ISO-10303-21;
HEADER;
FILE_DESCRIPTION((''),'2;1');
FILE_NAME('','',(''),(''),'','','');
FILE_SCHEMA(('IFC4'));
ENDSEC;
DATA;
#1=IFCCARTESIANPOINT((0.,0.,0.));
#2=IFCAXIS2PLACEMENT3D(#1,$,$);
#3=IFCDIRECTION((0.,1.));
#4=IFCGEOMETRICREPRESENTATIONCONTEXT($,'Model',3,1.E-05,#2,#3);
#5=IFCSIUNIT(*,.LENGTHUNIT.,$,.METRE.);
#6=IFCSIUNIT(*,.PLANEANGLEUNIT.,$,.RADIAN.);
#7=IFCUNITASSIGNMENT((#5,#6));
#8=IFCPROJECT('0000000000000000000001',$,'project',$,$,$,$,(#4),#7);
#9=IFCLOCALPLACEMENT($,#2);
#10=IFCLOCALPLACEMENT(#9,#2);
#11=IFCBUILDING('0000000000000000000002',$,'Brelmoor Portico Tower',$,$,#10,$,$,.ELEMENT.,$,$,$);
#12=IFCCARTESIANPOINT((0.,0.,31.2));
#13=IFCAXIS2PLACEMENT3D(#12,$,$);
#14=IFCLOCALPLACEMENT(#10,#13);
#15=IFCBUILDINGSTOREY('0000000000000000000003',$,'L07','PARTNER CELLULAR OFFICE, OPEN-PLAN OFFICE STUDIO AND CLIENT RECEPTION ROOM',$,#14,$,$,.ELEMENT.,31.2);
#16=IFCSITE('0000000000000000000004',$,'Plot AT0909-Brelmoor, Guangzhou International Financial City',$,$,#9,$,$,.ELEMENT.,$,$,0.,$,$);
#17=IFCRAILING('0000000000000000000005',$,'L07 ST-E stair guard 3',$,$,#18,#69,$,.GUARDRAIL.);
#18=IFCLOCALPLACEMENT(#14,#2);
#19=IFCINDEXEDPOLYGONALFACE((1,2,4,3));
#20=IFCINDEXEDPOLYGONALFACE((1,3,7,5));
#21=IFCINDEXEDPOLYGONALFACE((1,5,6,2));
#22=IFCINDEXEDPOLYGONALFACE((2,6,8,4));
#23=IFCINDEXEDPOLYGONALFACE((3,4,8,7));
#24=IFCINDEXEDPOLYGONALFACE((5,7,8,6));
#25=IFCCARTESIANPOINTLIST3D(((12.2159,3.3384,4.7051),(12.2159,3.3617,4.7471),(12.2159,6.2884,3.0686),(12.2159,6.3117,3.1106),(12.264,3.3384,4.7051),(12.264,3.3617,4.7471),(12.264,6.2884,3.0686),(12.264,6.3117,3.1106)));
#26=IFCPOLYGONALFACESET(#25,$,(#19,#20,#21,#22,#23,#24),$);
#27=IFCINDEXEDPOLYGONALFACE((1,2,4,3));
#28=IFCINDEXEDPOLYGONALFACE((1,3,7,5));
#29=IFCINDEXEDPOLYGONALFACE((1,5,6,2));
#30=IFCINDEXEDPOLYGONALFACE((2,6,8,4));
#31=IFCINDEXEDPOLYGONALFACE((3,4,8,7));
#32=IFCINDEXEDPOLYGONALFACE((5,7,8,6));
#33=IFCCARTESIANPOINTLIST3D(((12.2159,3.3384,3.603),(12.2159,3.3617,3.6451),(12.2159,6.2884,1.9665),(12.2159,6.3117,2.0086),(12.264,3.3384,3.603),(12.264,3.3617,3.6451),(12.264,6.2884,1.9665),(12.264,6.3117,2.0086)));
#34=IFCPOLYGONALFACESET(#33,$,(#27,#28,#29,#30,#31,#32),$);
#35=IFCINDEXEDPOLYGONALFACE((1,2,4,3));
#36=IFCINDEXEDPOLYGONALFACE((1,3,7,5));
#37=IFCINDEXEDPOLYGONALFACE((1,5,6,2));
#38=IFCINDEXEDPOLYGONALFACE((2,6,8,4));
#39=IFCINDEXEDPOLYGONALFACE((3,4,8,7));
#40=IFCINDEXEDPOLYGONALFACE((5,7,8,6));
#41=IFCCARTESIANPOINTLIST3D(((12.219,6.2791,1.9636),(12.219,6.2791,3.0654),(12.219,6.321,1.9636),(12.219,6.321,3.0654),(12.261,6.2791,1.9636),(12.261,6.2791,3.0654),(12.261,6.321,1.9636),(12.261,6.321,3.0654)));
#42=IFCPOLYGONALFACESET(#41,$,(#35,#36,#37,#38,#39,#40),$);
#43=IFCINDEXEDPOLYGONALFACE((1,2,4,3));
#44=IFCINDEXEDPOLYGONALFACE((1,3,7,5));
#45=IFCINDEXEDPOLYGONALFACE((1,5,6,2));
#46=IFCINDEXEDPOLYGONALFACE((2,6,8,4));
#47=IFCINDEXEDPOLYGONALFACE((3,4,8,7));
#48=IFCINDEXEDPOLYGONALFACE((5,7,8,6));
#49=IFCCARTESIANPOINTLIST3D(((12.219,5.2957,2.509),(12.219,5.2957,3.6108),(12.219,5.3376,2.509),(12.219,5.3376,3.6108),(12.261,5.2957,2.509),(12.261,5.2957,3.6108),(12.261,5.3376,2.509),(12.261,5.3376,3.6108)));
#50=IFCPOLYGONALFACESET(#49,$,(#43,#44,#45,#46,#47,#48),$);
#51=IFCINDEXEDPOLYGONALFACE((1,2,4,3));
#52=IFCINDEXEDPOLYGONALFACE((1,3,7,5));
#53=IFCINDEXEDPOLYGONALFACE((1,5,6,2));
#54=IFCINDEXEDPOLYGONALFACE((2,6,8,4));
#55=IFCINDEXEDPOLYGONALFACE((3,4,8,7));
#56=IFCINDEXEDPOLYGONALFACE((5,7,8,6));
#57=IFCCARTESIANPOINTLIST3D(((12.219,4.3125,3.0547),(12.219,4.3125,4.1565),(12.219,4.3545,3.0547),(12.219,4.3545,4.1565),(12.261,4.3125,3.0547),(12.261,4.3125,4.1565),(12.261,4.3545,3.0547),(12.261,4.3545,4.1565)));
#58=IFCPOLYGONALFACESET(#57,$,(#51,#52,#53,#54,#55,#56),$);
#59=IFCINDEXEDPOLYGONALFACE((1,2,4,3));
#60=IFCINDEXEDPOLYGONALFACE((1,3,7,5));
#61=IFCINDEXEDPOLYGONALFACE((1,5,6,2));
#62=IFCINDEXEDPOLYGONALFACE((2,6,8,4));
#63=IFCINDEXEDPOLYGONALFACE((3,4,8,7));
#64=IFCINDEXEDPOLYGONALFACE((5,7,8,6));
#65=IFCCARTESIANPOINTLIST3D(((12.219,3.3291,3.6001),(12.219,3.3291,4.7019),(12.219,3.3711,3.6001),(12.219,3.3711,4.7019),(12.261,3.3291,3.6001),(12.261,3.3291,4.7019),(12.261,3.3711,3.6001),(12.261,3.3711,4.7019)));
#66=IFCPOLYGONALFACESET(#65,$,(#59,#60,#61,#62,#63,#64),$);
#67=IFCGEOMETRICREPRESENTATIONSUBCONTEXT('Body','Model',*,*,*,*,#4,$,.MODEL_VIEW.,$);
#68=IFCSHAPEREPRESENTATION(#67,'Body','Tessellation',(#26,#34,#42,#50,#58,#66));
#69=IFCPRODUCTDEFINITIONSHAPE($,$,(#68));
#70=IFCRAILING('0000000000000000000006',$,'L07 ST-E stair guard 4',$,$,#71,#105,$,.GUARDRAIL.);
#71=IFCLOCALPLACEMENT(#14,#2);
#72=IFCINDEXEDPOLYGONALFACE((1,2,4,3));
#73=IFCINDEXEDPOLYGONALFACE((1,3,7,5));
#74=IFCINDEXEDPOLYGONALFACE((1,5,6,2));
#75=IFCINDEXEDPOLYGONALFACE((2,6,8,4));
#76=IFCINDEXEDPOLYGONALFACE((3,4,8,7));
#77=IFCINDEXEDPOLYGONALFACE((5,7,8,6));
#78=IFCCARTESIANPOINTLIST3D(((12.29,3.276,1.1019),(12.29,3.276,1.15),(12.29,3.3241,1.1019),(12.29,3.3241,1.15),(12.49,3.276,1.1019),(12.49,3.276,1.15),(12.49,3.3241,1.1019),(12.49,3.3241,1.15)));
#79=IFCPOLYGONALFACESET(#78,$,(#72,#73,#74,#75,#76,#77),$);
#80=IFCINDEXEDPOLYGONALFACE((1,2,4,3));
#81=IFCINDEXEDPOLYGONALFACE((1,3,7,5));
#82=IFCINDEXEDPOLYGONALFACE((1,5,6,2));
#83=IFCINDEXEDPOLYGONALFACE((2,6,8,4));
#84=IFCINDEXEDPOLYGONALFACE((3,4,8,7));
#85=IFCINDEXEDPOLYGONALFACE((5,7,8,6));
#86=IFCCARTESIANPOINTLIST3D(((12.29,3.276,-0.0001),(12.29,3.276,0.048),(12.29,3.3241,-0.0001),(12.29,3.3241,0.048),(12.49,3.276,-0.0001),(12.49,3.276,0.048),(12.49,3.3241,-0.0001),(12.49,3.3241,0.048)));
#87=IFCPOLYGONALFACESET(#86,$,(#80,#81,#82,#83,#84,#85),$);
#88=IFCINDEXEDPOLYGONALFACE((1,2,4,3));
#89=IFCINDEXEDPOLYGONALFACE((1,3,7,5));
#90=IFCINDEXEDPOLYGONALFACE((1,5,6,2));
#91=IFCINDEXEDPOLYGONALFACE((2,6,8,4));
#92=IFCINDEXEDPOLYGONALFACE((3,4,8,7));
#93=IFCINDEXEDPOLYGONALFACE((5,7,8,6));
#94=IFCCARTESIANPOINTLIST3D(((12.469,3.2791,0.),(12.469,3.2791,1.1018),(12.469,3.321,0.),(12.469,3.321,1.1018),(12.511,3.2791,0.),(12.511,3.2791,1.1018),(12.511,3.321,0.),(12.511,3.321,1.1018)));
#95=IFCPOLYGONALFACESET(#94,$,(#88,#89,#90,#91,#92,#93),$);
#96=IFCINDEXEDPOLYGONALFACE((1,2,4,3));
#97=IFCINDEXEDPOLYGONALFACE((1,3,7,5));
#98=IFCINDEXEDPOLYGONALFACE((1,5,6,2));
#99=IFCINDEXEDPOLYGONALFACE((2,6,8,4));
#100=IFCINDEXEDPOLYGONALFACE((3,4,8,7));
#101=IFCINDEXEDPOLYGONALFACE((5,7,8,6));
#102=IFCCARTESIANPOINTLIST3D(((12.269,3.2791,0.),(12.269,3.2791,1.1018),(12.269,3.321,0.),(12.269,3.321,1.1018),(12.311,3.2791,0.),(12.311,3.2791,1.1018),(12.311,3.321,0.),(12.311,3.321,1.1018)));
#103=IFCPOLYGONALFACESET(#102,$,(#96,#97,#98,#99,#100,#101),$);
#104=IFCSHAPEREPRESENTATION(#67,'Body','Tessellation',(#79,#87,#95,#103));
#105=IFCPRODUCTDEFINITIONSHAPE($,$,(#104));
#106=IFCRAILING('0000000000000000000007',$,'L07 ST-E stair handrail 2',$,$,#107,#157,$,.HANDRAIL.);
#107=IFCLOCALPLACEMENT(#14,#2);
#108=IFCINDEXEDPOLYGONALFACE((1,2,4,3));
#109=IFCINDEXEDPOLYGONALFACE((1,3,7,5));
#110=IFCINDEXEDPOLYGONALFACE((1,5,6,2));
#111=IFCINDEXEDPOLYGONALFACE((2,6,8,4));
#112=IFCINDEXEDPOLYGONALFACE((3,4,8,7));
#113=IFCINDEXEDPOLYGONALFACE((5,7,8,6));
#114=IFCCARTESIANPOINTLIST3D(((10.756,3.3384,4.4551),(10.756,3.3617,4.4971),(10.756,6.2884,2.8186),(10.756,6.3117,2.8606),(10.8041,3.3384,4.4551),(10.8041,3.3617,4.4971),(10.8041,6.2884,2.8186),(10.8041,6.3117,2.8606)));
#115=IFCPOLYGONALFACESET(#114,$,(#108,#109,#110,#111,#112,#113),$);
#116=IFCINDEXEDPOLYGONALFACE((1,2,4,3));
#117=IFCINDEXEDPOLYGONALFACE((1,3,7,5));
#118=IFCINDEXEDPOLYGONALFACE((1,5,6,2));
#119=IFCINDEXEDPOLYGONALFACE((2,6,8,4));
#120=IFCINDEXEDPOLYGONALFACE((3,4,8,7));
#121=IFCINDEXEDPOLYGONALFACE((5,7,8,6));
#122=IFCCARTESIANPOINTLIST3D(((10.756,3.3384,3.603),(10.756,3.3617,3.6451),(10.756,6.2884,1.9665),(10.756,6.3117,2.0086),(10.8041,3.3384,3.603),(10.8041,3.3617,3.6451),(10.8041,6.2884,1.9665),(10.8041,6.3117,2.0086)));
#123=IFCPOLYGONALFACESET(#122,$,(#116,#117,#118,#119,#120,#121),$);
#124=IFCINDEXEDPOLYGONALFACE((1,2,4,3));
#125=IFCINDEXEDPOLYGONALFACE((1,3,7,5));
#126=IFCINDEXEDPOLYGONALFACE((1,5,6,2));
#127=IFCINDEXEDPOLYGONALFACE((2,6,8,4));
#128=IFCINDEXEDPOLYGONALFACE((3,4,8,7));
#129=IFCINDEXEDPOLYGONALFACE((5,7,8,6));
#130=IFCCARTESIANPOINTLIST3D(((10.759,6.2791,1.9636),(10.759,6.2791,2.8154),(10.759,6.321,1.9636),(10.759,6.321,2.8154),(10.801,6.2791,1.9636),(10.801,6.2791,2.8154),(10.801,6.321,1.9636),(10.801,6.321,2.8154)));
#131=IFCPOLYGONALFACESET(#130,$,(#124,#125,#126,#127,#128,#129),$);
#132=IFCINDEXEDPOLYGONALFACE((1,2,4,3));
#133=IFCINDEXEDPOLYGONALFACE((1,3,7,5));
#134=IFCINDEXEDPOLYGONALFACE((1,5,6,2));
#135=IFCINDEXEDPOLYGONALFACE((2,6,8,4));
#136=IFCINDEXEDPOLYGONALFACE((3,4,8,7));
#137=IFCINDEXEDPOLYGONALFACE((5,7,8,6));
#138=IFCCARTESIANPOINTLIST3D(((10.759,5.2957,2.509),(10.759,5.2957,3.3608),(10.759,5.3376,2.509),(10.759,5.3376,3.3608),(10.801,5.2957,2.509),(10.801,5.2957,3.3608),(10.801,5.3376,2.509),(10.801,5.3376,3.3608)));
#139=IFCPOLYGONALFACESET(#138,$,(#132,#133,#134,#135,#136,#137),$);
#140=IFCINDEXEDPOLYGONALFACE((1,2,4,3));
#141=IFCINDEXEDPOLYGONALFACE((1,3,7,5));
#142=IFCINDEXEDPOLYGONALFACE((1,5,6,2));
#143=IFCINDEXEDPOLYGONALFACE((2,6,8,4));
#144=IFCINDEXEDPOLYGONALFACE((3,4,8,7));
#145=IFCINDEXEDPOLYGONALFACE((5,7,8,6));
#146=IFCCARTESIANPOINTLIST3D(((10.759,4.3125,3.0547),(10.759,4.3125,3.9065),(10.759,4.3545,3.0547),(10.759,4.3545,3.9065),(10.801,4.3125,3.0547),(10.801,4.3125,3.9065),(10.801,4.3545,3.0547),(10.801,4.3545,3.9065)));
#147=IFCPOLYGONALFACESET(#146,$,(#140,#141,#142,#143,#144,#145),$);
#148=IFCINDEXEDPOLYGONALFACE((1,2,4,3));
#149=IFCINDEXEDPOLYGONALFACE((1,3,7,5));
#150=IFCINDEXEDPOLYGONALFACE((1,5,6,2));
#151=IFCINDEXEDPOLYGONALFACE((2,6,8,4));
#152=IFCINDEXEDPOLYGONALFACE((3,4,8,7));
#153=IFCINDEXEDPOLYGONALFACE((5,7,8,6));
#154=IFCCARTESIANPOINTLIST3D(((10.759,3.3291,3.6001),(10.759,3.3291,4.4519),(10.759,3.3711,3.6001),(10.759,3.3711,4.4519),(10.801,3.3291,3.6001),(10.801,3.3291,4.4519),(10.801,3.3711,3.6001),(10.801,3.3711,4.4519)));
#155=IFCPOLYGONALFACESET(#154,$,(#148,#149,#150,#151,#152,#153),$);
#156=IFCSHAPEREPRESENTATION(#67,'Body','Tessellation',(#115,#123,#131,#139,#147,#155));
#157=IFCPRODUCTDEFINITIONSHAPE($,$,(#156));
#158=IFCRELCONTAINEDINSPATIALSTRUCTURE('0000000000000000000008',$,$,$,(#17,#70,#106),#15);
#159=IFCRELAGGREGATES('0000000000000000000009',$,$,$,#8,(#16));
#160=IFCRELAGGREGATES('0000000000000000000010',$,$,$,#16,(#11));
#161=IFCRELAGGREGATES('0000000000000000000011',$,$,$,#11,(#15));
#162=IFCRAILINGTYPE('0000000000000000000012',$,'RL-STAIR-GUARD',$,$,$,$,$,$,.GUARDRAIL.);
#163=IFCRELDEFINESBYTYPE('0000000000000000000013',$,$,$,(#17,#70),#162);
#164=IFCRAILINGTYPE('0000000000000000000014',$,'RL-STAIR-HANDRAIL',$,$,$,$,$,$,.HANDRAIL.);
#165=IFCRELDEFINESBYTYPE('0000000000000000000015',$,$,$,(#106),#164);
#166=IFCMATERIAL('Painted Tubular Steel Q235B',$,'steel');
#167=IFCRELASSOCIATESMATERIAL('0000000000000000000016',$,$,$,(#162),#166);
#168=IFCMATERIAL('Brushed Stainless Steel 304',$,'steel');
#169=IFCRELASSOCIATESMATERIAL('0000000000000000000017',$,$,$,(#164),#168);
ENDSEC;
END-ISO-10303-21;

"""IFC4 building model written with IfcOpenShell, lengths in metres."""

from ifc_helpers import new_model, si_unit, direction, frame, origin, origin_2d, place, context, subcontext, project, spatial, rectangle, extrude, material, type_object, element, save


model = new_model("IFC4")

# Units and contexts
model_context = context("Model", 3, precision=1e-05, world=origin(), true_north=direction((0.0, 1.0)))
body_context = subcontext(model_context, "Body", "Model", "MODEL_VIEW")
ifc_project = project(units=[si_unit("LENGTHUNIT", "METRE"), si_unit("PLANEANGLEUNIT", "RADIAN")], contexts=[model_context])

# Site, building, storey
site_placement = place(None, origin())
site = spatial("IfcSite", under=ifc_project, at=site_placement, Name="Plot AT0909-Brelmoor, Guangzhou International Financial City", CompositionType="ELEMENT", RefElevation=0.0)
building_placement = place(site_placement, origin())
building = spatial("IfcBuilding", under=site, at=building_placement, Name="Brelmoor Portico Tower", CompositionType="ELEMENT")
storey_placement = place(building_placement, frame((0.0, 0.0, 31.2)))
storey = spatial("IfcBuildingStorey", under=building, at=storey_placement, Name="L07", Description="PARTNER CELLULAR OFFICE, OPEN-PLAN OFFICE STUDIO AND CLIENT RECEPTION ROOM", CompositionType="ELEMENT", Elevation=31.2)

# Railings
ifc_material_1 = material(Name="Painted Tubular Steel Q235B", Category="steel")
railing_type_1 = type_object("IfcRailingType", Name="RL-STAIR-GUARD", PredefinedType="GUARDRAIL", material=ifc_material_1)
railing_1_placement = place(storey_placement, frame((12.24, 6.3, 1.9636)))
element("IfcRailing", 1, at=railing_1_placement, inside=storey, type_object=railing_type_1, Name="L07 ST-E stair guard 3", PredefinedType="GUARDRAIL", context=body_context, shape_type="SweptSolid", body=[
    extrude(rectangle(XDim=0.0481, YDim=0.0481, at=origin_2d()), frame((0.0, 0.0, 1.126), z_axis=(0.0, -0.874458, 0.485102), x_axis=(1.0, 0.0, 0.0)), (0.0, 0.0, 1.0), 3.3735),
    extrude(rectangle(XDim=0.0481, YDim=0.0481, at=origin_2d()), frame((0.0, 0.0, 0.0239), z_axis=(0.0, -0.874458, 0.485102), x_axis=(1.0, 0.0, 0.0)), (0.0, 0.0, 1.0), 3.3735),
    extrude(rectangle(XDim=0.042, YDim=0.042, at=origin_2d()), origin(), (0.0, 0.0, 1.0), 1.1018),
    extrude(rectangle(XDim=0.042, YDim=0.042, at=origin_2d()), frame((0.0, -0.9834, 0.5454)), (0.0, 0.0, 1.0), 1.1018),
    extrude(rectangle(XDim=0.042, YDim=0.042, at=origin_2d()), frame((0.0, -1.9666, 1.0911)), (0.0, 0.0, 1.0), 1.1018),
    extrude(rectangle(XDim=0.042, YDim=0.042, at=origin_2d()), frame((0.0, -2.95, 1.6365)), (0.0, 0.0, 1.0), 1.1018),
])
railing_2_placement = place(storey_placement, frame((12.49, 3.3, 0.0)))
element("IfcRailing", 2, at=railing_2_placement, inside=storey, type_object=railing_type_1, Name="L07 ST-E stair guard 4", PredefinedType="GUARDRAIL", context=body_context, shape_type="SweptSolid", body=[
    extrude(rectangle(XDim=0.0481, YDim=0.0481, at=origin_2d()), frame((0.0, 0.0, 1.126), z_axis=(-1.0, 0.0, 0.0), x_axis=(0.0, -1.0, 0.0)), (0.0, 0.0, 1.0), 0.2),
    extrude(rectangle(XDim=0.0481, YDim=0.0481, at=origin_2d()), frame((0.0, 0.0, 0.0239), z_axis=(-1.0, 0.0, 0.0), x_axis=(0.0, -1.0, 0.0)), (0.0, 0.0, 1.0), 0.2),
    extrude(rectangle(XDim=0.042, YDim=0.042, at=origin_2d()), origin(), (0.0, 0.0, 1.0), 1.1018),
    extrude(rectangle(XDim=0.042, YDim=0.042, at=origin_2d()), frame((-0.2, 0.0, 0.0)), (0.0, 0.0, 1.0), 1.1018),
])
ifc_material_2 = material(Name="Brushed Stainless Steel 304", Category="steel")
railing_type_2 = type_object("IfcRailingType", Name="RL-STAIR-HANDRAIL", PredefinedType="HANDRAIL", material=ifc_material_2)
railing_3_placement = place(storey_placement, frame((10.78, 6.3, 1.9636)))
element("IfcRailing", 3, at=railing_3_placement, inside=storey, type_object=railing_type_2, Name="L07 ST-E stair handrail 2", PredefinedType="HANDRAIL", context=body_context, shape_type="SweptSolid", body=[
    extrude(rectangle(XDim=0.0481, YDim=0.0481, at=origin_2d()), frame((0.0, 0.0, 0.876), z_axis=(0.0, -0.874458, 0.485102), x_axis=(1.0, 0.0, 0.0)), (0.0, 0.0, 1.0), 3.3735),
    extrude(rectangle(XDim=0.0481, YDim=0.0481, at=origin_2d()), frame((0.0, 0.0, 0.0239), z_axis=(0.0, -0.874458, 0.485102), x_axis=(1.0, 0.0, 0.0)), (0.0, 0.0, 1.0), 3.3735),
    extrude(rectangle(XDim=0.042, YDim=0.042, at=origin_2d()), origin(), (0.0, 0.0, 1.0), 0.8518),
    extrude(rectangle(XDim=0.042, YDim=0.042, at=origin_2d()), frame((0.0, -0.9834, 0.5454)), (0.0, 0.0, 1.0), 0.8518),
    extrude(rectangle(XDim=0.042, YDim=0.042, at=origin_2d()), frame((0.0, -1.9666, 1.0911)), (0.0, 0.0, 1.0), 0.8518),
    extrude(rectangle(XDim=0.042, YDim=0.042, at=origin_2d()), frame((0.0, -2.95, 1.6365)), (0.0, 0.0, 1.0), 0.8518),
])

save(model, "model.ifc")
